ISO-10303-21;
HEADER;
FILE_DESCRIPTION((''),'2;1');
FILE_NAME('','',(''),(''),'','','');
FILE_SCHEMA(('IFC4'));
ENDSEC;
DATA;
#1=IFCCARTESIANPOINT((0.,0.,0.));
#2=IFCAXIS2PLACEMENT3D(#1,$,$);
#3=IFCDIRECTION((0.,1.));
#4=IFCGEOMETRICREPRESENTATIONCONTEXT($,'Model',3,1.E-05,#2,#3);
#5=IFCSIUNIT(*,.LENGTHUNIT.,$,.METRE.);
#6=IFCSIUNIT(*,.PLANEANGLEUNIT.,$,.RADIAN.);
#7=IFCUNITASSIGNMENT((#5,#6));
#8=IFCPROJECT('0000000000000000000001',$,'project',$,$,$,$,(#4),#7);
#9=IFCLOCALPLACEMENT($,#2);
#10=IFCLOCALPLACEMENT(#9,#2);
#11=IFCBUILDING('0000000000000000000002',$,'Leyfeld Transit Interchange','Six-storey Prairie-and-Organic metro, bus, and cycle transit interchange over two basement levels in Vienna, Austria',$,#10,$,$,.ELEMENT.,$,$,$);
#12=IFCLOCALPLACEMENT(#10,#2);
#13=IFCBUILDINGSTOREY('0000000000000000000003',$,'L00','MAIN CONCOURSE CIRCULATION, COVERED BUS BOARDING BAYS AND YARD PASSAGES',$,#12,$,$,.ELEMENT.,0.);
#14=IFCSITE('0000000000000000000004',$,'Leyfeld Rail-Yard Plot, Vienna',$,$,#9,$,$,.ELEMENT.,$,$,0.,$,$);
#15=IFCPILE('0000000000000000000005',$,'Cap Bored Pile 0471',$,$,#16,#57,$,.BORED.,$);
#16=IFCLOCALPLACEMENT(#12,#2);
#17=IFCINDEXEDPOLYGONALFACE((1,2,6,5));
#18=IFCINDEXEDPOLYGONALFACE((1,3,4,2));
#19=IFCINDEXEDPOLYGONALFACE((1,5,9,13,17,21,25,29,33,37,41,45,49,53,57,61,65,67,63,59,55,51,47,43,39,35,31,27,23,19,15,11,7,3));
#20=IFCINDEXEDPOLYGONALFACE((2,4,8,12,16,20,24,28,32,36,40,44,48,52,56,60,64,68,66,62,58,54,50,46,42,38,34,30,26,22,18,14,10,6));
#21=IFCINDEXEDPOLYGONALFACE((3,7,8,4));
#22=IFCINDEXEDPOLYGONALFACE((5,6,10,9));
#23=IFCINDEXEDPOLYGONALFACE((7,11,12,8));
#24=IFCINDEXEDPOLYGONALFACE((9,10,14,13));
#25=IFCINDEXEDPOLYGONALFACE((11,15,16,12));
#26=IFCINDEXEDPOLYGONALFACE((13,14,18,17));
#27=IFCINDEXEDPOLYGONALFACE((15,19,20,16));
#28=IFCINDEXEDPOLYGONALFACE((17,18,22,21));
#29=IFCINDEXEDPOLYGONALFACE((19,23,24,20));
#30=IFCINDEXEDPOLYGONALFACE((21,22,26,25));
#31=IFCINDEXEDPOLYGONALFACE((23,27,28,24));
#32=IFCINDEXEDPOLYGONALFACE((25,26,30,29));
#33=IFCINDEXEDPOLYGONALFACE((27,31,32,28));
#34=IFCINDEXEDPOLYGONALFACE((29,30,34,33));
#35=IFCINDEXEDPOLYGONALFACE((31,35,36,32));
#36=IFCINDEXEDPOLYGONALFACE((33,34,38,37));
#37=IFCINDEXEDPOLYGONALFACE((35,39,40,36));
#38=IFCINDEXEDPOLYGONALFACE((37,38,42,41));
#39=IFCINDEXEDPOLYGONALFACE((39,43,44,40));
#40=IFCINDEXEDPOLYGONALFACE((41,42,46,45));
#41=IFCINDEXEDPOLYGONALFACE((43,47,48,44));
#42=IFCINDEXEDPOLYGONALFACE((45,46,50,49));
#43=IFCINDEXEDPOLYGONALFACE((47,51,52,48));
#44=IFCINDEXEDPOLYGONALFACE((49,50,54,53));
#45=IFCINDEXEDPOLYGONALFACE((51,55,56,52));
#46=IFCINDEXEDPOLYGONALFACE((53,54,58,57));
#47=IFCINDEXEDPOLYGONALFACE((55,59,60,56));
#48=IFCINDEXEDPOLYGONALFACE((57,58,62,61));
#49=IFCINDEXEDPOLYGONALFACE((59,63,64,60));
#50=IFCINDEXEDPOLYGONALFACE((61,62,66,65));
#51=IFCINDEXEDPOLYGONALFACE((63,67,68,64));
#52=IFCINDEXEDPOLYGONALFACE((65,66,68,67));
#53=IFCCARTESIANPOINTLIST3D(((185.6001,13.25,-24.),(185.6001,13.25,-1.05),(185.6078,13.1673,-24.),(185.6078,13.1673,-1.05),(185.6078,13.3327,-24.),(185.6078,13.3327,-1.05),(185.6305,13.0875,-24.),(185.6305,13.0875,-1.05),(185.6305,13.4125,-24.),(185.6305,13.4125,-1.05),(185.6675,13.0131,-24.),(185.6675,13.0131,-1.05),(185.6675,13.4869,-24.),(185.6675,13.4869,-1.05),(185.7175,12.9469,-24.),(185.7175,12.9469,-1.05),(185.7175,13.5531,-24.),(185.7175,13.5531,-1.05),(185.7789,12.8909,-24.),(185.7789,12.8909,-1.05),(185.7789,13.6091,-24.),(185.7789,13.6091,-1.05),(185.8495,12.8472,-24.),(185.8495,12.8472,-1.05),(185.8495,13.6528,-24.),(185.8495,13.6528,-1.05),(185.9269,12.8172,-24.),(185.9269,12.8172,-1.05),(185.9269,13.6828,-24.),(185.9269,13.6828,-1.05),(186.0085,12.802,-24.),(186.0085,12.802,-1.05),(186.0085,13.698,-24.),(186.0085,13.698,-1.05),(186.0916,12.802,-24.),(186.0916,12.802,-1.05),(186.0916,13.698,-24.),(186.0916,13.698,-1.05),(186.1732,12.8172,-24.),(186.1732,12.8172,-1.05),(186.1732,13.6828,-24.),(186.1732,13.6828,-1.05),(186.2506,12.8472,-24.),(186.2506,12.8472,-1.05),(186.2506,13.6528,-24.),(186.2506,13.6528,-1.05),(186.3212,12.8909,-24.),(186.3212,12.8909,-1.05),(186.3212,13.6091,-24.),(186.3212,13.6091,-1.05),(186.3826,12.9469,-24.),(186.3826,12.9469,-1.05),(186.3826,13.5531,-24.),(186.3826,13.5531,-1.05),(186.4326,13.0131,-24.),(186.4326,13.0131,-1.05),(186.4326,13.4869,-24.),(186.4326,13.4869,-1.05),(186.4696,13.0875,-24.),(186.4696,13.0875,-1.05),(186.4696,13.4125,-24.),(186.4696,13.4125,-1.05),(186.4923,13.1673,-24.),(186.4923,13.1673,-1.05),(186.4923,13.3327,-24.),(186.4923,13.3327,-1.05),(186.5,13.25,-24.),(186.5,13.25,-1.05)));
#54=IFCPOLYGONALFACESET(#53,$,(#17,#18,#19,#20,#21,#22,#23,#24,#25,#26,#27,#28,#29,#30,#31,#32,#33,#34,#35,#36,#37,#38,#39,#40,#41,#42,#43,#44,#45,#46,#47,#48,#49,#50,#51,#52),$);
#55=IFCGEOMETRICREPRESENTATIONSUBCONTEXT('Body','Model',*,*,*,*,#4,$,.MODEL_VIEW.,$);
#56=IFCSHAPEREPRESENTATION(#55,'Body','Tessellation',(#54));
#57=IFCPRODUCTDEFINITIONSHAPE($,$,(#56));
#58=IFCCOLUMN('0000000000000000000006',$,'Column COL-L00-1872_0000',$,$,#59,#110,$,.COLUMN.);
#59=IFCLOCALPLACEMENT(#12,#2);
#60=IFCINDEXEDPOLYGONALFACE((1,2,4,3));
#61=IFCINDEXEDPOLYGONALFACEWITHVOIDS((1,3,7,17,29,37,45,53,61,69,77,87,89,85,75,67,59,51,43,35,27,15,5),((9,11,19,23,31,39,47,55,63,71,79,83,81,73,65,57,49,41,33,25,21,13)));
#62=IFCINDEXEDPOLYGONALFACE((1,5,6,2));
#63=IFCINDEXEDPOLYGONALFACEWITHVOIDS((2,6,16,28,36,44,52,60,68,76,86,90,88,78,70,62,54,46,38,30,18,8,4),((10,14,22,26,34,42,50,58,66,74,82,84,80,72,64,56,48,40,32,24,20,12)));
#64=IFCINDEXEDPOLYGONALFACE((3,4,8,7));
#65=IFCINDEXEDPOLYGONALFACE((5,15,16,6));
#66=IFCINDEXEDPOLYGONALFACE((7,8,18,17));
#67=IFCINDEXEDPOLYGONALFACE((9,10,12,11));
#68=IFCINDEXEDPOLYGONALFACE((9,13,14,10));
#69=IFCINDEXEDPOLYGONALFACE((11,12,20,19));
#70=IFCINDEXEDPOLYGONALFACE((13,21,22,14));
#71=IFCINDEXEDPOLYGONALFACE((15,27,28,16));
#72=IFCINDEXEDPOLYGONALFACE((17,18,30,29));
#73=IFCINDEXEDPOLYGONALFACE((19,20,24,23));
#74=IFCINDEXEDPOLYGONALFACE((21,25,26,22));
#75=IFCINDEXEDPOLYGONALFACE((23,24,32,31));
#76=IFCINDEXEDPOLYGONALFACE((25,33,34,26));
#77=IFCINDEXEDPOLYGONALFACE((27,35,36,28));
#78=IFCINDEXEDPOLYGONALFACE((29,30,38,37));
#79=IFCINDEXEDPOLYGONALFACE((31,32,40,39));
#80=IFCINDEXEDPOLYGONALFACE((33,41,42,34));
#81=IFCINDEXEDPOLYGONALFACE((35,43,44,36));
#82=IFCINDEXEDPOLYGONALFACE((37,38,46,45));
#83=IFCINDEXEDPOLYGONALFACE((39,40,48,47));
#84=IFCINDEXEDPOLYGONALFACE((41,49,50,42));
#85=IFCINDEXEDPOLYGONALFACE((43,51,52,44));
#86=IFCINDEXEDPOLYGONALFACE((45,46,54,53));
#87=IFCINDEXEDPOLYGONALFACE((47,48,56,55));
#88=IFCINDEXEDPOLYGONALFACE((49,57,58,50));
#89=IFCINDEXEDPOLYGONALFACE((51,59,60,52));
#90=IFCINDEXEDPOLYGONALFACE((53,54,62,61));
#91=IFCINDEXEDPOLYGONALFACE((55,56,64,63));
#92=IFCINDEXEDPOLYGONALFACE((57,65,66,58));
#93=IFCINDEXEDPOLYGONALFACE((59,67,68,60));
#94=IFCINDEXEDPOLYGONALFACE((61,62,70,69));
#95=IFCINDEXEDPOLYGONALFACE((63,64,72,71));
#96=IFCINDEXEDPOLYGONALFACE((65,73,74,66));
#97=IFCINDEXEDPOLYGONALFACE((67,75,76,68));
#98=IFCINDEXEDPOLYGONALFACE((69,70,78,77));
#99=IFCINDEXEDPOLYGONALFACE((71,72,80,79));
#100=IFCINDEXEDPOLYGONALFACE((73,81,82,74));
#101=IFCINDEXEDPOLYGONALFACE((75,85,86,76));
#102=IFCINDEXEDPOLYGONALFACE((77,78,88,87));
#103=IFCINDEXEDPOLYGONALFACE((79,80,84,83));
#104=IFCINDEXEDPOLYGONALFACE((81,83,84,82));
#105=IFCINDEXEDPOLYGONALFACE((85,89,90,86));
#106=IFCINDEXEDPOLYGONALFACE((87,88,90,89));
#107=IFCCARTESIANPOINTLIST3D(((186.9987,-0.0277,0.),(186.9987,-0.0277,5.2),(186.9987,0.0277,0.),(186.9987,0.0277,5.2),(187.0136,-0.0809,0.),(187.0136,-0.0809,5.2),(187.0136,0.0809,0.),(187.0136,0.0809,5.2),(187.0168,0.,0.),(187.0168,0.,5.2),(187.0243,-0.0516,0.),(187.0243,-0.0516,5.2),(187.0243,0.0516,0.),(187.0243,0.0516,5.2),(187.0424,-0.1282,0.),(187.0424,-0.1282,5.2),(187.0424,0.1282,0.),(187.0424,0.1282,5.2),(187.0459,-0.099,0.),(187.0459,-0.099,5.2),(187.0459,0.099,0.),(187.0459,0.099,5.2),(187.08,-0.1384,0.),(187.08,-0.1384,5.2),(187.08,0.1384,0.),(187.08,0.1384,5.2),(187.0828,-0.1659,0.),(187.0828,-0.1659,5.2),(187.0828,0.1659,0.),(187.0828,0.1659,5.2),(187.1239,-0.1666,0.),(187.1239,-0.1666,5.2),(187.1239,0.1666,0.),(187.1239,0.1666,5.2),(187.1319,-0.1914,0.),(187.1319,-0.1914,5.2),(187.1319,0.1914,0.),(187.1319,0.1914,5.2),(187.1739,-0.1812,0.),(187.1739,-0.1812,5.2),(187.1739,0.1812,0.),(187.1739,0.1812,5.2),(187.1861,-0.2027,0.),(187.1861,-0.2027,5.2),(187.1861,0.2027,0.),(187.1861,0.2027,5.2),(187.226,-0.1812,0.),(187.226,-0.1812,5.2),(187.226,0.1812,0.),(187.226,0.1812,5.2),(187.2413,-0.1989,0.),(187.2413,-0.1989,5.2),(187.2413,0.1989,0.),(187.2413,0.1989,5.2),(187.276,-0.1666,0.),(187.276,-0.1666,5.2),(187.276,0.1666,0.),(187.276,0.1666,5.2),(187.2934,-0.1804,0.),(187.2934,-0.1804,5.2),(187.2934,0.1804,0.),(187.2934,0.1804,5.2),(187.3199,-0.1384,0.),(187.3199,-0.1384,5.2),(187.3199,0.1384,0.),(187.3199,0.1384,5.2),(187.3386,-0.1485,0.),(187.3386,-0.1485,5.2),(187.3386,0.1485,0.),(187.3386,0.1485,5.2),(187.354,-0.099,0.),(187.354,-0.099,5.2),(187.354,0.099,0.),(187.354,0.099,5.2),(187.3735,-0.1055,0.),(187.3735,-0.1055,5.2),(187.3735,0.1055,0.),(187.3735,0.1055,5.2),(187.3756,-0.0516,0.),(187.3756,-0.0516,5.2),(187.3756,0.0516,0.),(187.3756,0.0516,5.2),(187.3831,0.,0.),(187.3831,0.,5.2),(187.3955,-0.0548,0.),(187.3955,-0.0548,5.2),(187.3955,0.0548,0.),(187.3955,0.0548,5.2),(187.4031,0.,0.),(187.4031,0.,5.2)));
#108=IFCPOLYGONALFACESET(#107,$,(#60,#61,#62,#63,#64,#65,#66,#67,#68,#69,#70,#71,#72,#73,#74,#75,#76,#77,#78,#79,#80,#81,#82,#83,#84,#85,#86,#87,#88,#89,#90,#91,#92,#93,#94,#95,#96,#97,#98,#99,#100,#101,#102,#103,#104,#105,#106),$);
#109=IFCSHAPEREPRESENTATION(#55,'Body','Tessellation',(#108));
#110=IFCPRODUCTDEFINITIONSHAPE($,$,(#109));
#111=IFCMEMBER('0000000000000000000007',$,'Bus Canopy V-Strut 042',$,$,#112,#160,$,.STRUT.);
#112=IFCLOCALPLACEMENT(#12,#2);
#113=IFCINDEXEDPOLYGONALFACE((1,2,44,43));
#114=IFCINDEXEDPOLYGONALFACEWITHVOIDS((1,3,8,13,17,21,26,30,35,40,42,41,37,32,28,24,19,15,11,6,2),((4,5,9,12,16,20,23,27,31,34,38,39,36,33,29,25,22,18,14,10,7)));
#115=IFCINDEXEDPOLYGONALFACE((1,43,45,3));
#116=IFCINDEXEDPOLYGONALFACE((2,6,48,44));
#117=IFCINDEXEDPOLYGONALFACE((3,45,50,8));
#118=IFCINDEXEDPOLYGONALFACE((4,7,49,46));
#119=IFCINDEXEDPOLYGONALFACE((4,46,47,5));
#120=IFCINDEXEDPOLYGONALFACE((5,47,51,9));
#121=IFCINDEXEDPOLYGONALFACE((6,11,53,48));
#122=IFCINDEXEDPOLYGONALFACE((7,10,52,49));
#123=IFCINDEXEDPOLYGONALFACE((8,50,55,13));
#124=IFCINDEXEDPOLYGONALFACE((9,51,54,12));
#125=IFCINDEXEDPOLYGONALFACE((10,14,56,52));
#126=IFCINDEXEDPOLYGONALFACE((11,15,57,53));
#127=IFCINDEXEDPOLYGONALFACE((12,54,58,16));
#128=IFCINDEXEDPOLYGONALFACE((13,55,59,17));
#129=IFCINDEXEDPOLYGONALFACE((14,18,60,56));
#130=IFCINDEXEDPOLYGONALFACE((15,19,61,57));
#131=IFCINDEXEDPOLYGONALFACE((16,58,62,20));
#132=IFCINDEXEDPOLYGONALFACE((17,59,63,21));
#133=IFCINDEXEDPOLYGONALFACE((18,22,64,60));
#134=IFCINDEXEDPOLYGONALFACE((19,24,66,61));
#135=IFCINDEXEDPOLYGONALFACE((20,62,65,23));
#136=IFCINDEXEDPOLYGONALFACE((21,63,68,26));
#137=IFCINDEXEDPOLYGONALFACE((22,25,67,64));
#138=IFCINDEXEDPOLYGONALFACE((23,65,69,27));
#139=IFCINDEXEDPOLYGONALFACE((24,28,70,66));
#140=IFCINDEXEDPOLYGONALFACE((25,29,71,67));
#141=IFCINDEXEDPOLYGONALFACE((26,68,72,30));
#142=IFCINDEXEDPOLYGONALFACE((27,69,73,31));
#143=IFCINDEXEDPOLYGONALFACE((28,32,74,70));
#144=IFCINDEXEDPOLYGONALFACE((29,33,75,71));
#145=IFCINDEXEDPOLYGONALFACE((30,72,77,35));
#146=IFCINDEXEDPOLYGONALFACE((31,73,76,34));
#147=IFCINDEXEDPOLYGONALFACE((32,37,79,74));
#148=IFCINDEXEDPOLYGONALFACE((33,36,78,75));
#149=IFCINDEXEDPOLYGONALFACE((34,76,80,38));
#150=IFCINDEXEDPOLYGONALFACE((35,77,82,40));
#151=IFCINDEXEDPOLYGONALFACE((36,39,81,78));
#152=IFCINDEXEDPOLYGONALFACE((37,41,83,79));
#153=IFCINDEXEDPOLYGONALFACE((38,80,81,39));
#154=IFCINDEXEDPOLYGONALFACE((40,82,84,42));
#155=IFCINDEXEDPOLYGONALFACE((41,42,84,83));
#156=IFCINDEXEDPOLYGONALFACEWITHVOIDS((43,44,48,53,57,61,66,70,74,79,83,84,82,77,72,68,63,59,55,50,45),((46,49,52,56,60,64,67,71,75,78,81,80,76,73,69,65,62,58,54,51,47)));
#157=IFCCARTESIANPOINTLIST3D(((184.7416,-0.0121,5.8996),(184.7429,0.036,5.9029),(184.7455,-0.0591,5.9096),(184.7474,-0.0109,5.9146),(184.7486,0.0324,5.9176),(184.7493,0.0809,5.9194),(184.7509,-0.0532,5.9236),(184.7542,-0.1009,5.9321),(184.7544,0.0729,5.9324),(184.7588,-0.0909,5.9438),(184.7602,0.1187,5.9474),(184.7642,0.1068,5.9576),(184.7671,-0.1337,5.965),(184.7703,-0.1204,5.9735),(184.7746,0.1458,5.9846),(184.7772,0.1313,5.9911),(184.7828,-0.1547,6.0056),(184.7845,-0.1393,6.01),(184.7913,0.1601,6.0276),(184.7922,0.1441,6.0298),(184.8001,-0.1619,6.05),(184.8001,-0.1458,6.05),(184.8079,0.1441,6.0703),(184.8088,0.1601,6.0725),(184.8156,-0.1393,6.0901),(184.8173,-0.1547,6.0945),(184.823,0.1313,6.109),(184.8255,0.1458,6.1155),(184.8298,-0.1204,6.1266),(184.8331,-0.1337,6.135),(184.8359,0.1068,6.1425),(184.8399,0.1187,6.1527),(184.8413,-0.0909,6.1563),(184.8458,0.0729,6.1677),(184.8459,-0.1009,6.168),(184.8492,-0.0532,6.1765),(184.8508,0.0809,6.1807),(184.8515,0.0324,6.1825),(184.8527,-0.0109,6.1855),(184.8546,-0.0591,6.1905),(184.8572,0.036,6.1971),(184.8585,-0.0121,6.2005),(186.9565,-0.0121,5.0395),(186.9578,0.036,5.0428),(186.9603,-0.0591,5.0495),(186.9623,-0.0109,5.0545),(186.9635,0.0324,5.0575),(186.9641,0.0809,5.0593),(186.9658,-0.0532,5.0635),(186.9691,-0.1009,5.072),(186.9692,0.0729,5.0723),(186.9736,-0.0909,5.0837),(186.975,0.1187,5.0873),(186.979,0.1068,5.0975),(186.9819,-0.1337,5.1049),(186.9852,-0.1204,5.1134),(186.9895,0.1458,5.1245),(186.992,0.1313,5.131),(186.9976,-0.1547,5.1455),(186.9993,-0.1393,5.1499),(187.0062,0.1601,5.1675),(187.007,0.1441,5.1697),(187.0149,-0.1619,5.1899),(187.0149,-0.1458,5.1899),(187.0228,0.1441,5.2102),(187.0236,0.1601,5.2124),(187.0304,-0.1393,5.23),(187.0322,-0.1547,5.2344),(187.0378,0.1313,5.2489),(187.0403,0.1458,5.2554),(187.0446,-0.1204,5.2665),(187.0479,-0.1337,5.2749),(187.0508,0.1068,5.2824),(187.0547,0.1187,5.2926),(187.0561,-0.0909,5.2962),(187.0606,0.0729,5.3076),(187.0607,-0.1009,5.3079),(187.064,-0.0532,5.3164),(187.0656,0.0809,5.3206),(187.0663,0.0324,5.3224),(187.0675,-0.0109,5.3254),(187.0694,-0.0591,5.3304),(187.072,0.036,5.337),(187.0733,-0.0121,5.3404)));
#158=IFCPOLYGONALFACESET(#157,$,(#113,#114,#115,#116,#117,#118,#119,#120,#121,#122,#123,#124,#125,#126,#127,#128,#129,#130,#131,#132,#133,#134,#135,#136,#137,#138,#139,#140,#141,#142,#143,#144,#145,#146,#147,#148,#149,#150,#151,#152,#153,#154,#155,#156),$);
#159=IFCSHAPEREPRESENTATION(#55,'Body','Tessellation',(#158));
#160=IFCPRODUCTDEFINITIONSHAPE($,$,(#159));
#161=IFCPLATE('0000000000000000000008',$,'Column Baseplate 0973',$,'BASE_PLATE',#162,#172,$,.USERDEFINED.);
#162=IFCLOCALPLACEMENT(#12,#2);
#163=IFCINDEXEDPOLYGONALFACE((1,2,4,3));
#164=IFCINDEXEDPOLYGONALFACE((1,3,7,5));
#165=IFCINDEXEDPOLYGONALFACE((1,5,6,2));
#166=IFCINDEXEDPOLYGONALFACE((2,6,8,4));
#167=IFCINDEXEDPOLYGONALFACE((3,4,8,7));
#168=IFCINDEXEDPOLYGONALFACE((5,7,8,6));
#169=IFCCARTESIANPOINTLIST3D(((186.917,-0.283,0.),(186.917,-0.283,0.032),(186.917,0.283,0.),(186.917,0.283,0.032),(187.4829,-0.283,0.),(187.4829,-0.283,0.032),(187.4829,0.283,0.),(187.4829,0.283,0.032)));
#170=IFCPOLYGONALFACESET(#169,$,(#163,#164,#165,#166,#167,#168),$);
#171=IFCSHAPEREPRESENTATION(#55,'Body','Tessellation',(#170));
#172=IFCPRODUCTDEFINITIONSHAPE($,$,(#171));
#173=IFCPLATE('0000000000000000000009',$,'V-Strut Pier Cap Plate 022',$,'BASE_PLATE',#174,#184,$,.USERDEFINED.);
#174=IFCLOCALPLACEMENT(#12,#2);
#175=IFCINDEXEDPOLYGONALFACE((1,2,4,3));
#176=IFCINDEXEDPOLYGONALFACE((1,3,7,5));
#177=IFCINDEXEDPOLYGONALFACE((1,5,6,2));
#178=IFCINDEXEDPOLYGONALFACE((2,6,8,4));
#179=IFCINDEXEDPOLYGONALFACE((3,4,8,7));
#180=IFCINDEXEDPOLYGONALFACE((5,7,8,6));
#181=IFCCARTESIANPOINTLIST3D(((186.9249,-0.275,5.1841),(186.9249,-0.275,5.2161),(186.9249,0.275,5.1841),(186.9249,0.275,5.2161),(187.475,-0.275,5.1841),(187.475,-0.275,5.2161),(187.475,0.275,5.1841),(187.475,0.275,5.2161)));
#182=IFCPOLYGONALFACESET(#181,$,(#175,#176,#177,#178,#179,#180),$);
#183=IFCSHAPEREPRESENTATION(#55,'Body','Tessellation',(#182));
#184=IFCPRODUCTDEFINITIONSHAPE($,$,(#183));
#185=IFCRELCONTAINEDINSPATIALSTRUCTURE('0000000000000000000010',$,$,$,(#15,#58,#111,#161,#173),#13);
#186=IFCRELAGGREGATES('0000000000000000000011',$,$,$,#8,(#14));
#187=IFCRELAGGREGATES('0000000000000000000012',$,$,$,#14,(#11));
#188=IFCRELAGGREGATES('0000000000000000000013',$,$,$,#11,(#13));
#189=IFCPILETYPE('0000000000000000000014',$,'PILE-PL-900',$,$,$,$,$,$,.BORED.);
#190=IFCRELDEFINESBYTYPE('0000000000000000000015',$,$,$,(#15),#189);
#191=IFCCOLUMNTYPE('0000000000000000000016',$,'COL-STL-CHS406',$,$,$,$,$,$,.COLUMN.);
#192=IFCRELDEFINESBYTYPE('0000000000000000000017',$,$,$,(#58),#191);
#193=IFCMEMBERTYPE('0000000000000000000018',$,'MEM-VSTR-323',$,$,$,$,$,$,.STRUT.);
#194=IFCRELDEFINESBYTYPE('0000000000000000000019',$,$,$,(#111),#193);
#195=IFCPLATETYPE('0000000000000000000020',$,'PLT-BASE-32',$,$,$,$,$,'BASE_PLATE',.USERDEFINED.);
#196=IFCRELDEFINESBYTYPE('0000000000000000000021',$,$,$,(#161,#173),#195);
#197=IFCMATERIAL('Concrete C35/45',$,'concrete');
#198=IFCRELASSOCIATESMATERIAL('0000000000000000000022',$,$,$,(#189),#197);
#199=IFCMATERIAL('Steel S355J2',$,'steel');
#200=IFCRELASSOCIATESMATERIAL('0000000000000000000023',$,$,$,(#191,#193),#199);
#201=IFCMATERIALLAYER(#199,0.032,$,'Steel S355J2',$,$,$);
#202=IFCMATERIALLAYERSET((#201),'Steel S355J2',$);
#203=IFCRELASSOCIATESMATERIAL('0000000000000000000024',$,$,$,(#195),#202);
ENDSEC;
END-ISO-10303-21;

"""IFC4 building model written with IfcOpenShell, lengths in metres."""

from ifc_helpers import new_model, si_unit, direction, frame, origin, origin_2d, place, context, subcontext, project, spatial, rectangle, circle, hollow_circle, extrude, material, layer, layer_set, material_profile, profile_set, type_object, element, save


model = new_model("IFC4")

# Units and contexts
model_context = context("Model", 3, precision=1e-05, world=origin(), true_north=direction((0.0, 1.0)))
body_context = subcontext(model_context, "Body", "Model", "MODEL_VIEW")
ifc_project = project(units=[si_unit("LENGTHUNIT", "METRE"), si_unit("PLANEANGLEUNIT", "RADIAN")], contexts=[model_context])

# Site, building, storey
site_placement = place(None, origin())
site = spatial("IfcSite", under=ifc_project, at=site_placement, Name="Leyfeld Rail-Yard Plot, Vienna", CompositionType="ELEMENT", RefElevation=0.0)
building_placement = place(site_placement, origin())
building = spatial("IfcBuilding", under=site, at=building_placement, Name="Leyfeld Transit Interchange", Description="Six-storey Prairie-and-Organic metro, bus, and cycle transit interchange over two basement levels in Vienna, Austria", CompositionType="ELEMENT")
storey_placement = place(building_placement, origin())
storey = spatial("IfcBuildingStorey", under=building, at=storey_placement, Name="L00", Description="MAIN CONCOURSE CIRCULATION, COVERED BUS BOARDING BAYS AND YARD PASSAGES", CompositionType="ELEMENT", Elevation=0.0)

# Shared definitions
ifc_material_1 = material(Name="Concrete C35/45", Category="concrete")

# Pile
ifc_material_profile_1 = material_profile(ifc_material_1, circle(Radius=0.45, at=origin_2d()), Name="PILE D900")
ifc_profile_set_1 = profile_set([ifc_material_profile_1], Name="Concrete C35/45")
pile_type = type_object("IfcPileType", Name="PILE-PL-900", PredefinedType="BORED", material=ifc_profile_set_1)
for number, where, z_axis, x_axis, name in (
    (1, (186.05, 13.25, -1.05), (0.0, 0.0, -1.0), (1.0, 0.0, 0.0), "Cap Bored Pile 0471"),
):
    element("IfcPile", number, at=place(storey_placement, frame(where, z_axis=z_axis, x_axis=x_axis)), inside=storey, type_object=pile_type, Name=name, PredefinedType="BORED", context=body_context, shape_type="SweptSolid", body=[
        extrude(circle(Radius=0.45, at=origin_2d()), origin(), (0.0, 0.0, 1.0), 22.95),
    ])

# Column
ifc_material_2 = material(Name="Steel S355J2", Category="steel")
ifc_material_profile_2 = material_profile(ifc_material_2, hollow_circle(Radius=0.2031, WallThickness=0.02, at=origin_2d()), Name="CHS 406.4x20")
ifc_profile_set_2 = profile_set([ifc_material_profile_2], Name="Steel S355J2")
column_type = type_object("IfcColumnType", Name="COL-STL-CHS406", PredefinedType="COLUMN", material=ifc_profile_set_2)
column_placement = place(storey_placement, frame((187.2, 0.0, 0.0), z_axis=(0.0, 0.0, 1.0), x_axis=(1.0, 0.0, 0.0)))
element("IfcColumn", 2, at=column_placement, inside=storey, type_object=column_type, Name="Column COL-L00-1872_0000", PredefinedType="COLUMN", context=body_context, shape_type="SweptSolid", body=[
    extrude(hollow_circle(Radius=0.2031, WallThickness=0.02, at=origin_2d()), origin(), (0.0, 0.0, 1.0), 5.2),
])

# Member
ifc_material_profile_3 = material_profile(ifc_material_2, hollow_circle(Radius=0.1619, WallThickness=0.0161, at=origin_2d()), Name="CHS 323.9x16")
ifc_profile_set_3 = profile_set([ifc_material_profile_3], Name="Steel S355J2")
member_type = type_object("IfcMemberType", Name="MEM-VSTR-323", PredefinedType="STRUT", material=ifc_profile_set_3)
member_placement = place(storey_placement, frame((187.0149, 0.0, 5.1899), z_axis=(-0.932178, 0.0, 0.362), x_axis=(0.0, -1.0, 0.0)))
element("IfcMember", 3, at=member_placement, inside=storey, type_object=member_type, Name="Bus Canopy V-Strut 042", PredefinedType="STRUT", context=body_context, shape_type="SweptSolid", body=[
    extrude(hollow_circle(Radius=0.1619, WallThickness=0.0161, at=origin_2d()), origin(), (0.0, 0.0, 1.0), 2.376),
])

# Plates
ifc_layer_1 = layer(ifc_material_2, 0.032, Name="Steel S355J2")
ifc_layer_set_1 = layer_set([ifc_layer_1], Name="Steel S355J2")
plate_type_1 = type_object("IfcPlateType", Name="PLT-BASE-32", ElementType="BASE_PLATE", PredefinedType="USERDEFINED", material=ifc_layer_set_1)
plate_1_placement = place(storey_placement, frame((187.2, 0.0, 0.0), z_axis=(0.0, 0.0, 1.0), x_axis=(1.0, 0.0, 0.0)))
element("IfcPlate", 4, at=plate_1_placement, inside=storey, type_object=plate_type_1, Name="Column Baseplate 0973", ObjectType="BASE_PLATE", PredefinedType="USERDEFINED", context=body_context, shape_type="SweptSolid", body=[
    extrude(rectangle(XDim=0.5659, YDim=0.5659, at=origin_2d()), origin(), (0.0, 0.0, 1.0), 0.032),
])
plate_2_placement = place(storey_placement, frame((187.2, 0.0, 5.1841), z_axis=(0.0, 0.0, 1.0), x_axis=(1.0, 0.0, 0.0)))
element("IfcPlate", 5, at=plate_2_placement, inside=storey, type_object=plate_type_1, Name="V-Strut Pier Cap Plate 022", ObjectType="BASE_PLATE", PredefinedType="USERDEFINED", context=body_context, shape_type="SweptSolid", body=[
    extrude(rectangle(XDim=0.55, YDim=0.55, at=origin_2d()), origin(), (0.0, 0.0, 1.0), 0.032),
])

save(model, "model.ifc")
